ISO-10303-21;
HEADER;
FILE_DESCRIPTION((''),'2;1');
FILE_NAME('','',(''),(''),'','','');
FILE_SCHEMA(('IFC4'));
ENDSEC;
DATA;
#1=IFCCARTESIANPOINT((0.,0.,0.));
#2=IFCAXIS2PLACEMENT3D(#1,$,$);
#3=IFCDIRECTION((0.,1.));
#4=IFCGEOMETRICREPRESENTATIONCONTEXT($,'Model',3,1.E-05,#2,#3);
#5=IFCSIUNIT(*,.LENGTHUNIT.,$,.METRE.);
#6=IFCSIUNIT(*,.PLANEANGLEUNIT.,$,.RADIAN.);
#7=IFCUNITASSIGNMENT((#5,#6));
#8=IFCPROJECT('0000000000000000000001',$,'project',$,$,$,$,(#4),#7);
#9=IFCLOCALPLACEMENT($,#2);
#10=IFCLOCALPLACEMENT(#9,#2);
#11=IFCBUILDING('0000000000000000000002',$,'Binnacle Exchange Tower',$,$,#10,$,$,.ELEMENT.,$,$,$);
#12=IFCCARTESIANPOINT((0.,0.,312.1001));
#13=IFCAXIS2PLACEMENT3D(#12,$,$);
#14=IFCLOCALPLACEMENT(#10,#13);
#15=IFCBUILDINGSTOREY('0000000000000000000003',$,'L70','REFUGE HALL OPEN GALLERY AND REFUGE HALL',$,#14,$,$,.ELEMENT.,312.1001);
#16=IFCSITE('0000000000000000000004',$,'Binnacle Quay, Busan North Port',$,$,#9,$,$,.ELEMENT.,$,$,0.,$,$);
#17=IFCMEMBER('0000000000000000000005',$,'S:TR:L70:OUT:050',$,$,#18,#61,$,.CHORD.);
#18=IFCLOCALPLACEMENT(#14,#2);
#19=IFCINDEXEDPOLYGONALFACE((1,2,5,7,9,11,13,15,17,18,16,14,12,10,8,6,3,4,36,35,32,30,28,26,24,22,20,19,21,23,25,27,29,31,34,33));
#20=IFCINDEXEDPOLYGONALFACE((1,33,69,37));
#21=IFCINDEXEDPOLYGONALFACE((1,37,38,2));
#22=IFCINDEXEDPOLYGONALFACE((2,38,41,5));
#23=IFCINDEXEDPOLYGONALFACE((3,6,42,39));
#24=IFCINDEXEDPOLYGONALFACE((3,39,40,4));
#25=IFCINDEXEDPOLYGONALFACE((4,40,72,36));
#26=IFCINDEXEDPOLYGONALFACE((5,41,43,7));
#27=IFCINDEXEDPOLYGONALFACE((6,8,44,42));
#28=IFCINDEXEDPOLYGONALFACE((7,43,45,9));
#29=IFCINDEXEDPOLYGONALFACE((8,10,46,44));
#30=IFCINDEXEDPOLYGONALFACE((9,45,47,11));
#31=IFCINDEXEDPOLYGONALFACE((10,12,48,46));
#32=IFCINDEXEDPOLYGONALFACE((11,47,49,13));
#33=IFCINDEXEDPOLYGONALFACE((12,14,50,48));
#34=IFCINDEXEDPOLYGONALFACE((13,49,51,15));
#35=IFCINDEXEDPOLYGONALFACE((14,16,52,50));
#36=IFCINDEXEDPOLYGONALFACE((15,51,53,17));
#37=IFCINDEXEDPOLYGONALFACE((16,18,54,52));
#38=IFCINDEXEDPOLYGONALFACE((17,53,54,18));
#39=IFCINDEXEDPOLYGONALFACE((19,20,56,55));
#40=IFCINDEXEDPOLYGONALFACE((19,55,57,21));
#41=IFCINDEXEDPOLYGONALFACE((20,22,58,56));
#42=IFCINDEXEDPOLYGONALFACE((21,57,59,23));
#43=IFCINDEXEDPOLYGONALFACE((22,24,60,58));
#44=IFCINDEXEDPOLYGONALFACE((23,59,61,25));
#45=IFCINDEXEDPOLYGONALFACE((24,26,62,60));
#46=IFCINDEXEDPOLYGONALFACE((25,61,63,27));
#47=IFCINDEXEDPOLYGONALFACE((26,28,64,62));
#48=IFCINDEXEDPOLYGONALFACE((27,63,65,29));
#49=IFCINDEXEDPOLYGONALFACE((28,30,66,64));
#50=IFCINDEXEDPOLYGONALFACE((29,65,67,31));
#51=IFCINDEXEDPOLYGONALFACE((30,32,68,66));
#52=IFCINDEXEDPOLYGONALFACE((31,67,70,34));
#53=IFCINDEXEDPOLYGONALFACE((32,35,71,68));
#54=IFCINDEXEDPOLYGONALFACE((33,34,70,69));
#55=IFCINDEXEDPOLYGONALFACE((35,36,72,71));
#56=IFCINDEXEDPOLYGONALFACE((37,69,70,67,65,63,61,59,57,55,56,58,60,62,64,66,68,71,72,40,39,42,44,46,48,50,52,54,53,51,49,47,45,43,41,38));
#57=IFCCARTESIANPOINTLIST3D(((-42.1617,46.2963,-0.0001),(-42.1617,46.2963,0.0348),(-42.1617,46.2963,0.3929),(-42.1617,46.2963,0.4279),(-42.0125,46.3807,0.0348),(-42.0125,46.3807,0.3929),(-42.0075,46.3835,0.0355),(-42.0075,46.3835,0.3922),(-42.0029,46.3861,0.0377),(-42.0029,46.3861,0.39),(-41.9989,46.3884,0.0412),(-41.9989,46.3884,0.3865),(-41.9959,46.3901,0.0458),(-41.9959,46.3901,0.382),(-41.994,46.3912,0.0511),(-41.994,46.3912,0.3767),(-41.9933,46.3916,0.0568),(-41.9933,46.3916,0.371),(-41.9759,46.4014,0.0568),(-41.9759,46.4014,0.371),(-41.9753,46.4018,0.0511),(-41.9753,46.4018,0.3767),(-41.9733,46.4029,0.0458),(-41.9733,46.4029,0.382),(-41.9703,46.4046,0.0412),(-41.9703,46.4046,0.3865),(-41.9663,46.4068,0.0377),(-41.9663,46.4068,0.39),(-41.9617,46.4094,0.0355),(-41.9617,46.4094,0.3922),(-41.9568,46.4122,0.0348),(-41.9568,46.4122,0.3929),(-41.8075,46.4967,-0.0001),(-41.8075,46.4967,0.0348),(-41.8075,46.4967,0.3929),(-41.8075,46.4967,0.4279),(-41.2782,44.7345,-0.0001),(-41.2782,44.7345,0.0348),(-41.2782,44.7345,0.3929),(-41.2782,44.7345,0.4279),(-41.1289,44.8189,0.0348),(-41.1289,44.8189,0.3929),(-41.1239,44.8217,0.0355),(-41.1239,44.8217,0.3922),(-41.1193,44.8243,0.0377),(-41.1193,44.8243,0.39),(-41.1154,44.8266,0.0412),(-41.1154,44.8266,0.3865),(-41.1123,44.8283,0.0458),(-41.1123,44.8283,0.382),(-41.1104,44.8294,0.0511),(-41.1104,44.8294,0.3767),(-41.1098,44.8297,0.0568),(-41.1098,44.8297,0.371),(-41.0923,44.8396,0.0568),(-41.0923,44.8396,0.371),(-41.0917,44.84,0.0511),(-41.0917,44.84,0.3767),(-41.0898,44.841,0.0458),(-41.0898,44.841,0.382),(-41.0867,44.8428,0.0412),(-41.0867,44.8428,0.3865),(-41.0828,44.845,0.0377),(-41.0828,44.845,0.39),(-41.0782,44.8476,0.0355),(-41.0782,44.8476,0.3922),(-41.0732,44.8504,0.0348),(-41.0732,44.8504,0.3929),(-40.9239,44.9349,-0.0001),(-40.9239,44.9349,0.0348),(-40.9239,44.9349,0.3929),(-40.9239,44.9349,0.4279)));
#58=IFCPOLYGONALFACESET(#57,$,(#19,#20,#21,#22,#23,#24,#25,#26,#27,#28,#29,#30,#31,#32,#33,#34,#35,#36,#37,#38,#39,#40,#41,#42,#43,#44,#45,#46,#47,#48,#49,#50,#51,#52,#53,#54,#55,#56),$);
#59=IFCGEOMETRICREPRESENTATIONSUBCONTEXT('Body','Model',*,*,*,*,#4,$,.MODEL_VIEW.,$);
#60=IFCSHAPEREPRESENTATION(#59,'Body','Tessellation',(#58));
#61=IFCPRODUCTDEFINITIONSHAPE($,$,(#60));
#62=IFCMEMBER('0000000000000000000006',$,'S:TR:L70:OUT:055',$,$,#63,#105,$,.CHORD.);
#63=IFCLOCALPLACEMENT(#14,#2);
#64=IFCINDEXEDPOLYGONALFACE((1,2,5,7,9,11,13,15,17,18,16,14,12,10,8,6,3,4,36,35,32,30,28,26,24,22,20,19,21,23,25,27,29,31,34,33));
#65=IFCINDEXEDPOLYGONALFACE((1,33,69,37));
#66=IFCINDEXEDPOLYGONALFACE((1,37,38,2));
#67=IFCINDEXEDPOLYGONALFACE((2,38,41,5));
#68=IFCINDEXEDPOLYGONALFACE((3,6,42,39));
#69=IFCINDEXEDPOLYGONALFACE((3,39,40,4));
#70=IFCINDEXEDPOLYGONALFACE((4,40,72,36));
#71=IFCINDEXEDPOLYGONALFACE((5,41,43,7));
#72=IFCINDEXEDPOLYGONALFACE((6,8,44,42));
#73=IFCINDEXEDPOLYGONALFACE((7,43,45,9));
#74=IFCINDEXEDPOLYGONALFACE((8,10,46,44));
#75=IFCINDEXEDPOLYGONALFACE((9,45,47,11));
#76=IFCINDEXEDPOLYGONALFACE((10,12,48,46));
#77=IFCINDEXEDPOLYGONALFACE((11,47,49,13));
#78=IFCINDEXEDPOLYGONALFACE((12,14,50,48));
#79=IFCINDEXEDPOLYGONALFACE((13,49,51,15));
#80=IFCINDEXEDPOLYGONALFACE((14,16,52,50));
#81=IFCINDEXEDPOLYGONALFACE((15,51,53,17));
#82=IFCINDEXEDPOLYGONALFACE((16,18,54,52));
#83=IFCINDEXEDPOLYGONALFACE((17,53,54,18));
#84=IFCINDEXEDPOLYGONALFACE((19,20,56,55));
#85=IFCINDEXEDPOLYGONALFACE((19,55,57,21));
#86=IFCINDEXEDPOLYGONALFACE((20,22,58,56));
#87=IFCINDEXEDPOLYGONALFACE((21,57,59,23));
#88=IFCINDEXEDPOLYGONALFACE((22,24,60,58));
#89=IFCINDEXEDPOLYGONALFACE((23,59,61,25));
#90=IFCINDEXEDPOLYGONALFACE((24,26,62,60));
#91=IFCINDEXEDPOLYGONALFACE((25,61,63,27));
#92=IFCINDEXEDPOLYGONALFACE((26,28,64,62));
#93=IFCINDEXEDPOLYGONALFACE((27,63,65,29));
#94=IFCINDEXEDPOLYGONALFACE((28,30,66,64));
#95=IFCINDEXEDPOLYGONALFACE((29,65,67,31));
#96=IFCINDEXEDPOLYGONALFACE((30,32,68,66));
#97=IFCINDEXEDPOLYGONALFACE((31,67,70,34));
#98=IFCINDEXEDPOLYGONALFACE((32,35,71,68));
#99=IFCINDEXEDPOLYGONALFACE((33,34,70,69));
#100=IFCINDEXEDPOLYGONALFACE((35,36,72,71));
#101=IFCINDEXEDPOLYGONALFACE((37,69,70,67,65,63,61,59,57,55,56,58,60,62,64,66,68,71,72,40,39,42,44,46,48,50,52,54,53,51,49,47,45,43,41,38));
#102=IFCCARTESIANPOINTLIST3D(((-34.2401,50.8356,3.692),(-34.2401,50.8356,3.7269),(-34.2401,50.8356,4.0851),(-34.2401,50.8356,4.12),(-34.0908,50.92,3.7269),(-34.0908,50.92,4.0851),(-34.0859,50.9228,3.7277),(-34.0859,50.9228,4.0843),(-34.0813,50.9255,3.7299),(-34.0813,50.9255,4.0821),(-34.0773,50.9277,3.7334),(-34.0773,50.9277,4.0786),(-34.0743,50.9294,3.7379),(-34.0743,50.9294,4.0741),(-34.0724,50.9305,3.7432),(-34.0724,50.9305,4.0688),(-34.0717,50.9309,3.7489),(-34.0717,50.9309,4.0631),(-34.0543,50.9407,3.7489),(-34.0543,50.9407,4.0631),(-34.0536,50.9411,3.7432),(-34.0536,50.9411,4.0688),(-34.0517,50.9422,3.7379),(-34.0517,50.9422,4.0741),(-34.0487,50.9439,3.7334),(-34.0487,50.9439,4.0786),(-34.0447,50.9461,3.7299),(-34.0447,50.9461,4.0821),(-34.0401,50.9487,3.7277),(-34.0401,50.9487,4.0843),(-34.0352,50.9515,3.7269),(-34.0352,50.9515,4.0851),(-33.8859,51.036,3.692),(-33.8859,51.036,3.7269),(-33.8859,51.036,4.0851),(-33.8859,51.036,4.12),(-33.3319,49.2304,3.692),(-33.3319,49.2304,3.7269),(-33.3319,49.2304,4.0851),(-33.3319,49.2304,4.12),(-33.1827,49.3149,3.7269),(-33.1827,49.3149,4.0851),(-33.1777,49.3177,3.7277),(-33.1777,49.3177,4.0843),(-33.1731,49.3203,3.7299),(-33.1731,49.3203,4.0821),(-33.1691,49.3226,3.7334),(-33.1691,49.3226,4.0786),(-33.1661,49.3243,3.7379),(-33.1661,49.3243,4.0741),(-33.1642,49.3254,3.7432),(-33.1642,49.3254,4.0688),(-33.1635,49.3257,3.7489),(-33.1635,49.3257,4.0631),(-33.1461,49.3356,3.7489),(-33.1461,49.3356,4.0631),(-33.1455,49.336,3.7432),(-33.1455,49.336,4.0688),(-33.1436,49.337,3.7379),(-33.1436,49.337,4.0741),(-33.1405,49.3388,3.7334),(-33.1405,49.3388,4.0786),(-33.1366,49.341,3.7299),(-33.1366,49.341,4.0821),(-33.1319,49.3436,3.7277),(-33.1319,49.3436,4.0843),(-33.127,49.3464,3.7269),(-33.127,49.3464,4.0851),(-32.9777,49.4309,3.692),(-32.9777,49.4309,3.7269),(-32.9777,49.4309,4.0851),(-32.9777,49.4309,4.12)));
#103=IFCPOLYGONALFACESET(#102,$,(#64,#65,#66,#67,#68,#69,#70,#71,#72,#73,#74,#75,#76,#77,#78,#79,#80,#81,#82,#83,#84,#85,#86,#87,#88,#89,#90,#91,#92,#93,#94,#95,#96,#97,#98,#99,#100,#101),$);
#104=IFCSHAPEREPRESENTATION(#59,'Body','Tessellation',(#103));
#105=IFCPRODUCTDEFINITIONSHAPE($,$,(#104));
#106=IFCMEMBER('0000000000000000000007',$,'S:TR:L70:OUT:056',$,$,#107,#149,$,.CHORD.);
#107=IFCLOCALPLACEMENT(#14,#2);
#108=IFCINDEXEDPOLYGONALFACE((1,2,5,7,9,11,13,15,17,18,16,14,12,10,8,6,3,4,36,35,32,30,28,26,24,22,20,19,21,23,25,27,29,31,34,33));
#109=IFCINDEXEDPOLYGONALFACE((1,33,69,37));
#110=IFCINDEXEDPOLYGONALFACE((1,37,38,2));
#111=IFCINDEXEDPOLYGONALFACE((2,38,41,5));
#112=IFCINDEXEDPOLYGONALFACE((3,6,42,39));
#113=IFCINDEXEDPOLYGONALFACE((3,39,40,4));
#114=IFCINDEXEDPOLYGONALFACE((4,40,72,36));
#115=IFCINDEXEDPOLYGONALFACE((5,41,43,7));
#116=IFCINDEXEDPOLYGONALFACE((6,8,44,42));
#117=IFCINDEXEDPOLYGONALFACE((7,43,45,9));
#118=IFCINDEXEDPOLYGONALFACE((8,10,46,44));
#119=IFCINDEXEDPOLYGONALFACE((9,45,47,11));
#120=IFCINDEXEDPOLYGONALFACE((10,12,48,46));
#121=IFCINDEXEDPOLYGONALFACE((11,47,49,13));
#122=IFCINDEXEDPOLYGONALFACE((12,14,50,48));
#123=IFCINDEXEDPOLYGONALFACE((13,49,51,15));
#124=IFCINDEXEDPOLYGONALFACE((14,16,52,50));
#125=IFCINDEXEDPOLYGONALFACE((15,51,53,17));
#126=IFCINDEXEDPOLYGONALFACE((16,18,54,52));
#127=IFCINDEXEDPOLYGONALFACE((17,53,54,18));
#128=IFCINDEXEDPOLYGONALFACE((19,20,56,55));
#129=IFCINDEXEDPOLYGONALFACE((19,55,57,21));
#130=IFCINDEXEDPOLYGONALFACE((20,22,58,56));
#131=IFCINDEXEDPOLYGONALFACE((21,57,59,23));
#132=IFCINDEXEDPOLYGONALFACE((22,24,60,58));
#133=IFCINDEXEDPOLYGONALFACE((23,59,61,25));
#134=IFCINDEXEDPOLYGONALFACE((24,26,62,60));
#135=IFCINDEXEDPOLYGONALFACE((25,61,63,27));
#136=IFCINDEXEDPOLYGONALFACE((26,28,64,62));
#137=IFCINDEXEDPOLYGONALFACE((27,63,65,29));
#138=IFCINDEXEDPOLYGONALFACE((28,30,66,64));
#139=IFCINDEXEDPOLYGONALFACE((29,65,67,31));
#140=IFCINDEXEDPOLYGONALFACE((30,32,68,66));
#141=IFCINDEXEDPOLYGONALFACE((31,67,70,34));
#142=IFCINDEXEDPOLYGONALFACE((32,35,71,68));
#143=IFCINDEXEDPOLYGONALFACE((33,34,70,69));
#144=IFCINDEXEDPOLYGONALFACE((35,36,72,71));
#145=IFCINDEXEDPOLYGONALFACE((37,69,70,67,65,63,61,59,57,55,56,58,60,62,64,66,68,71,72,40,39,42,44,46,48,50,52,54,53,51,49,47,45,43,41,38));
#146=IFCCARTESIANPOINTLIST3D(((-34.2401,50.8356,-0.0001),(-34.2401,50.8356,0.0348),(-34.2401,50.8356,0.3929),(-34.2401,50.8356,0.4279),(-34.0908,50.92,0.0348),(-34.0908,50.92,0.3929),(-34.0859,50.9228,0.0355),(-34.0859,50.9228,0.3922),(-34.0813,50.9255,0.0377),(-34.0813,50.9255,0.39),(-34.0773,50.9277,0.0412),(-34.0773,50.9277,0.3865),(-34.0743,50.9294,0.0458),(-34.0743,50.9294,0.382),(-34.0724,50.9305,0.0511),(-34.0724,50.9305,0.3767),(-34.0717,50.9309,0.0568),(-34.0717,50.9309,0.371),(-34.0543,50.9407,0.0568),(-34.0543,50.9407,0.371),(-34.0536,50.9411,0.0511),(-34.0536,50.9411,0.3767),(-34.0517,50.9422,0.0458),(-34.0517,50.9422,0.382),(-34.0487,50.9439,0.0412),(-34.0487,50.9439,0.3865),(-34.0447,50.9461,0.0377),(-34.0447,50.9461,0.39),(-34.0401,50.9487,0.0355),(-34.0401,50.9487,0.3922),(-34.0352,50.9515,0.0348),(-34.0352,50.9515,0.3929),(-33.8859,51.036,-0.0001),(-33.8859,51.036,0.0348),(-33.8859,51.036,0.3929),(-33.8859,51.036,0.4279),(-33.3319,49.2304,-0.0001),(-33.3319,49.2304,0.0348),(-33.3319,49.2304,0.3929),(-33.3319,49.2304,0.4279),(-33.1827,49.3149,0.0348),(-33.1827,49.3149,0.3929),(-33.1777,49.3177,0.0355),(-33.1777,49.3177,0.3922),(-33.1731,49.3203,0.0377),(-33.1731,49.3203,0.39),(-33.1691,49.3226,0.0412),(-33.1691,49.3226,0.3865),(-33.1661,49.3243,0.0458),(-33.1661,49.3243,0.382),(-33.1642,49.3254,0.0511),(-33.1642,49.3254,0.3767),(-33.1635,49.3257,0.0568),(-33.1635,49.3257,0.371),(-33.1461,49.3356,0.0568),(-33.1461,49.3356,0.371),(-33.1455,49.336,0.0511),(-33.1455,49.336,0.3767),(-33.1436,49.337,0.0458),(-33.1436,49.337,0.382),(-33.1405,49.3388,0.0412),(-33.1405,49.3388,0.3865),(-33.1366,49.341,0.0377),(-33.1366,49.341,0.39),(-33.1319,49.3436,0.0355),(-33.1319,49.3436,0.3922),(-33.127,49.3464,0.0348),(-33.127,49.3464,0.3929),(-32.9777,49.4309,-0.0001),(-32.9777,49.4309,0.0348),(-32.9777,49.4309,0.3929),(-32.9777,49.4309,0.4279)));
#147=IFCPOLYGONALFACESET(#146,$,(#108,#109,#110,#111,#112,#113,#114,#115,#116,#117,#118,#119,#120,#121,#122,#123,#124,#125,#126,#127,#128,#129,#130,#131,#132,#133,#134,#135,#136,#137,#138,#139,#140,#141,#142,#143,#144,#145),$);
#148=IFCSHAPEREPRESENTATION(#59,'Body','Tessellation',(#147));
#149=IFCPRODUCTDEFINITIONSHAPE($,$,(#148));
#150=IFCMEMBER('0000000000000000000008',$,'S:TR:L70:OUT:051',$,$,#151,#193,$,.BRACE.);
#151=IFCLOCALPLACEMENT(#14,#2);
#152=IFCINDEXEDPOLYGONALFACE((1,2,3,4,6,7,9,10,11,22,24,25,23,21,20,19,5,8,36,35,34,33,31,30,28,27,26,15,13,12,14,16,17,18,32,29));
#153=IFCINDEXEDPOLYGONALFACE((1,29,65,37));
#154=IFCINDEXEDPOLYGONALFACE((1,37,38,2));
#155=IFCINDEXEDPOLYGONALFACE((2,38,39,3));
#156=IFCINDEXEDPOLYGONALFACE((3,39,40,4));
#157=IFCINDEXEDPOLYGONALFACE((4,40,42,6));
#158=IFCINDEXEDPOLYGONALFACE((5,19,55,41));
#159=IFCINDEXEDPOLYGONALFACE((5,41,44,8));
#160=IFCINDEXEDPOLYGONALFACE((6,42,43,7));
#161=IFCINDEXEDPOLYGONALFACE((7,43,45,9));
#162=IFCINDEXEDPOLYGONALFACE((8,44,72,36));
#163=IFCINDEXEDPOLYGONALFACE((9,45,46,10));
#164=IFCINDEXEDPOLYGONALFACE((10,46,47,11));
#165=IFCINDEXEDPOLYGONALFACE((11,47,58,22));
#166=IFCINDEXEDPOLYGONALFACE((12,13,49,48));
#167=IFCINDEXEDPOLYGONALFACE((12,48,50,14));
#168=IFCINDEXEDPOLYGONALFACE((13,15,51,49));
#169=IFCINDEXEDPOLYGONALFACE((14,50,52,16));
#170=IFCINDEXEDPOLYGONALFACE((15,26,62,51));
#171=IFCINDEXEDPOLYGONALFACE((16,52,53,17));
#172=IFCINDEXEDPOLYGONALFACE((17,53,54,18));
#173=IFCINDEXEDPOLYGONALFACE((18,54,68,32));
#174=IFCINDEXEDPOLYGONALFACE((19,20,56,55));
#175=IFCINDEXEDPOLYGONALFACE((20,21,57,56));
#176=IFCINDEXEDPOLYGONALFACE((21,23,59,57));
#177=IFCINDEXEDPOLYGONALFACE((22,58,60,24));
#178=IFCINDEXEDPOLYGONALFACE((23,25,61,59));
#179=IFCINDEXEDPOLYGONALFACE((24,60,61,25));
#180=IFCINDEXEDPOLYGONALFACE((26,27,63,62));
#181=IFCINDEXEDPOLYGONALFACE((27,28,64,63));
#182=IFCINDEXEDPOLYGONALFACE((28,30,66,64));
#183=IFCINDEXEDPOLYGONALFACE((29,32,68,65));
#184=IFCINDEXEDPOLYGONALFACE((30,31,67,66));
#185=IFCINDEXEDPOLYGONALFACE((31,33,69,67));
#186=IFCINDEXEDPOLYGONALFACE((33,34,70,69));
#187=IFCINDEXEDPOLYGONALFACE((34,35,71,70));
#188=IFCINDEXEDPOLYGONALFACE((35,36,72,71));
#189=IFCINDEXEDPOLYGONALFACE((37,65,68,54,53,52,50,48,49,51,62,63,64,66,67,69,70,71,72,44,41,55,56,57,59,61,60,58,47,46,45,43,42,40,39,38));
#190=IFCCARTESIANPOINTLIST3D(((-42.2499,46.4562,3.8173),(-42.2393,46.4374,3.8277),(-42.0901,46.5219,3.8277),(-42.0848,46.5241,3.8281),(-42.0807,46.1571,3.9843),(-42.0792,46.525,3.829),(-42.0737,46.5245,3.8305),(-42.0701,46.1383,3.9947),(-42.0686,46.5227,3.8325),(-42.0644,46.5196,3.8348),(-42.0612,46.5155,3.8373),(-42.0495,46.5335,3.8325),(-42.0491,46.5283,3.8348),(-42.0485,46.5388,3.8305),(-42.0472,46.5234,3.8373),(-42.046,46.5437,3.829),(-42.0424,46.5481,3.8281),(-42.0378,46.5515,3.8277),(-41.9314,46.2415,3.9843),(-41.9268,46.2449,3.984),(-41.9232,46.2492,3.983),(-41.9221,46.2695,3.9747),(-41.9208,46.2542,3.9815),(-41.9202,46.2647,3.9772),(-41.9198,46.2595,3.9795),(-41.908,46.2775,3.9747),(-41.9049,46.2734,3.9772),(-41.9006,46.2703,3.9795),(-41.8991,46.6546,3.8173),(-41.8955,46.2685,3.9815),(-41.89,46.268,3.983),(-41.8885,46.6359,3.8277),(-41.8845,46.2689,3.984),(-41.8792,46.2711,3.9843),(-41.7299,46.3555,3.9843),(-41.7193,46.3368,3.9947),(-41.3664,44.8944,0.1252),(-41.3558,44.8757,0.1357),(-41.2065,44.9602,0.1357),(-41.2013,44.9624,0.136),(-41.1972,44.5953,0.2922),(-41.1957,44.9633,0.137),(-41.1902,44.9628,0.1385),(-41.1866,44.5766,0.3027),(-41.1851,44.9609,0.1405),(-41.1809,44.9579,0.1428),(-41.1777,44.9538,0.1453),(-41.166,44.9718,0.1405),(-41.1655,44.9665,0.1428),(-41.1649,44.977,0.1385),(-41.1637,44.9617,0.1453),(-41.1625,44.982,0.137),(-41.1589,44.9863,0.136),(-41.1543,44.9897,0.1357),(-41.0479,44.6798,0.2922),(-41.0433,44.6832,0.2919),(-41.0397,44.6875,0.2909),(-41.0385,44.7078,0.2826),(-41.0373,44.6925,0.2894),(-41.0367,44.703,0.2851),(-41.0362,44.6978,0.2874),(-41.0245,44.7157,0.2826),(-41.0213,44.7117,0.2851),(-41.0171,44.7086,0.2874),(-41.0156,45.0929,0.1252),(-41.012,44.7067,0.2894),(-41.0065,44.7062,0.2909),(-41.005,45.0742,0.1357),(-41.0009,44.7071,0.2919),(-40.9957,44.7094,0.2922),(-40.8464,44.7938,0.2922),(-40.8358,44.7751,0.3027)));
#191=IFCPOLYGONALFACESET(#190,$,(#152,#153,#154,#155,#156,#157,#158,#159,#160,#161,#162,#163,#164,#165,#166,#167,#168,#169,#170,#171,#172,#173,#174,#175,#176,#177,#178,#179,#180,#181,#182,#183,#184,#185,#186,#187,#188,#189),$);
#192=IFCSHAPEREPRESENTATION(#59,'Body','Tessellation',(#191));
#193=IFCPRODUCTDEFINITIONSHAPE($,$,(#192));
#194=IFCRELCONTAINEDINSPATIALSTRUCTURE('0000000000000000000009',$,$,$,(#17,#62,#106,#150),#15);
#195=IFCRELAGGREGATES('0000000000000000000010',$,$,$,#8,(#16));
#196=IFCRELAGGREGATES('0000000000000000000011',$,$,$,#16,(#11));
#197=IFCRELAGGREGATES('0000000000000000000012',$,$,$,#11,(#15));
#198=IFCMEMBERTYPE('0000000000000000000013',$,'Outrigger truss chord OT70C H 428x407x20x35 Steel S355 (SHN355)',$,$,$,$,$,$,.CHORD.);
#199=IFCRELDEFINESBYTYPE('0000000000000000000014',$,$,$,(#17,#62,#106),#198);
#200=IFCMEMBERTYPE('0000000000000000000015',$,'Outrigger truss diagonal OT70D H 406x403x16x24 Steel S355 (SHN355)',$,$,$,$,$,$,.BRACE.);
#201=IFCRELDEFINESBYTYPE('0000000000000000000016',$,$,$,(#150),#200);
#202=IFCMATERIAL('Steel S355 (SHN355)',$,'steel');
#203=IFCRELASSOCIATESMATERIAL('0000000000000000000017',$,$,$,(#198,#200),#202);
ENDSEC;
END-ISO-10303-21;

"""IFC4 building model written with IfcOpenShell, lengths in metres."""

from ifc_helpers import new_model, si_unit, direction, frame, origin, origin_2d, place, context, subcontext, project, spatial, i_section, extrude, material, material_profile, profile_set, type_object, element, save


model = new_model("IFC4")

# Units and contexts
model_context = context("Model", 3, precision=1e-05, world=origin(), true_north=direction((0.0, 1.0)))
body_context = subcontext(model_context, "Body", "Model", "MODEL_VIEW")
ifc_project = project(units=[si_unit("LENGTHUNIT", "METRE"), si_unit("PLANEANGLEUNIT", "RADIAN")], contexts=[model_context])

# Site, building, storey
site_placement = place(None, origin())
site = spatial("IfcSite", under=ifc_project, at=site_placement, Name="Binnacle Quay, Busan North Port", CompositionType="ELEMENT", RefElevation=0.0)
building_placement = place(site_placement, origin())
building = spatial("IfcBuilding", under=site, at=building_placement, Name="Binnacle Exchange Tower", CompositionType="ELEMENT")
storey_placement = place(building_placement, frame((0.0, 0.0, 312.1001)))
storey = spatial("IfcBuildingStorey", under=building, at=storey_placement, Name="L70", Description="REFUGE HALL OPEN GALLERY AND REFUGE HALL", CompositionType="ELEMENT", Elevation=312.1001)

# Shared definitions
ifc_material_1 = material(Name="Steel S355 (SHN355)", Category="steel")

# Members
ifc_material_profile_1 = material_profile(ifc_material_1, i_section(OverallWidth=0.407, OverallDepth=0.428, WebThickness=0.02, FlangeThickness=0.0349, FilletRadius=0.022, at=origin_2d()), Name="H 428x407x20x35")
ifc_profile_set_1 = profile_set([ifc_material_profile_1], Name="Steel S355 (SHN355)")
member_type_1 = type_object("IfcMemberType", Name="Outrigger truss chord OT70C H 428x407x20x35 Steel S355 (SHN355)", PredefinedType="CHORD", material=ifc_profile_set_1)
for number, where, z_axis, x_axis, name in (
    (1, (-41.9846, 46.3965, 0.2139), (0.492398, -0.87037, 0.0), (0.87037, 0.492398, 0.0), "S:TR:L70:OUT:050"),
):
    element("IfcMember", number, at=place(storey_placement, frame(where, z_axis=z_axis, x_axis=x_axis)), inside=storey, type_object=member_type_1, Name=name, PredefinedType="CHORD", context=body_context, shape_type="SweptSolid", body=[
        extrude(i_section(OverallWidth=0.407, OverallDepth=0.428, WebThickness=0.02, FlangeThickness=0.0349, FilletRadius=0.022, at=origin_2d()), origin(), (0.0, 0.0, 1.0), 1.7944),
    ])
for number, where, z_axis, x_axis, name in (
    (2, (-34.063, 50.9358, 3.906), (0.492428, -0.870353, 0.0), (0.870353, 0.492428, 0.0), "S:TR:L70:OUT:055"),
    (3, (-34.063, 50.9358, 0.2139), (0.492428, -0.870353, 0.0), (0.870353, 0.492428, 0.0), "S:TR:L70:OUT:056"),
):
    element("IfcMember", number, at=place(storey_placement, frame(where, z_axis=z_axis, x_axis=x_axis)), inside=storey, type_object=member_type_1, Name=name, PredefinedType="CHORD", context=body_context, shape_type="SweptSolid", body=[
        extrude(i_section(OverallWidth=0.407, OverallDepth=0.428, WebThickness=0.02, FlangeThickness=0.0349, FilletRadius=0.022, at=origin_2d()), origin(), (0.0, 0.0, 1.0), 1.8442),
    ])
ifc_material_profile_2 = material_profile(ifc_material_1, i_section(OverallWidth=0.4031, OverallDepth=0.406, WebThickness=0.0161, FlangeThickness=0.0239, FilletRadius=0.022, at=origin_2d()), Name="H 406x403x16x24")
ifc_profile_set_2 = profile_set([ifc_material_profile_2], Name="Steel S355 (SHN355)")
member_type_2 = type_object("IfcMemberType", Name="Outrigger truss diagonal OT70D H 406x403x16x24 Steel S355 (SHN355)", PredefinedType="BRACE", material=ifc_profile_set_2)
member_1_placement = place(storey_placement, frame((-41.9846, 46.3965, 3.906), z_axis=(0.215232, -0.380448, -0.899408), x_axis=(0.87037, 0.492398, 0.0)))
element("IfcMember", 4, at=member_1_placement, inside=storey, type_object=member_type_2, Name="S:TR:L70:OUT:051", PredefinedType="BRACE", context=body_context, shape_type="SweptSolid", body=[
    extrude(i_section(OverallWidth=0.4031, OverallDepth=0.406, WebThickness=0.0161, FlangeThickness=0.0239, FilletRadius=0.022, at=origin_2d()), origin(), (0.0, 0.0, 1.0), 4.105),
])

save(model, "model.ifc")
